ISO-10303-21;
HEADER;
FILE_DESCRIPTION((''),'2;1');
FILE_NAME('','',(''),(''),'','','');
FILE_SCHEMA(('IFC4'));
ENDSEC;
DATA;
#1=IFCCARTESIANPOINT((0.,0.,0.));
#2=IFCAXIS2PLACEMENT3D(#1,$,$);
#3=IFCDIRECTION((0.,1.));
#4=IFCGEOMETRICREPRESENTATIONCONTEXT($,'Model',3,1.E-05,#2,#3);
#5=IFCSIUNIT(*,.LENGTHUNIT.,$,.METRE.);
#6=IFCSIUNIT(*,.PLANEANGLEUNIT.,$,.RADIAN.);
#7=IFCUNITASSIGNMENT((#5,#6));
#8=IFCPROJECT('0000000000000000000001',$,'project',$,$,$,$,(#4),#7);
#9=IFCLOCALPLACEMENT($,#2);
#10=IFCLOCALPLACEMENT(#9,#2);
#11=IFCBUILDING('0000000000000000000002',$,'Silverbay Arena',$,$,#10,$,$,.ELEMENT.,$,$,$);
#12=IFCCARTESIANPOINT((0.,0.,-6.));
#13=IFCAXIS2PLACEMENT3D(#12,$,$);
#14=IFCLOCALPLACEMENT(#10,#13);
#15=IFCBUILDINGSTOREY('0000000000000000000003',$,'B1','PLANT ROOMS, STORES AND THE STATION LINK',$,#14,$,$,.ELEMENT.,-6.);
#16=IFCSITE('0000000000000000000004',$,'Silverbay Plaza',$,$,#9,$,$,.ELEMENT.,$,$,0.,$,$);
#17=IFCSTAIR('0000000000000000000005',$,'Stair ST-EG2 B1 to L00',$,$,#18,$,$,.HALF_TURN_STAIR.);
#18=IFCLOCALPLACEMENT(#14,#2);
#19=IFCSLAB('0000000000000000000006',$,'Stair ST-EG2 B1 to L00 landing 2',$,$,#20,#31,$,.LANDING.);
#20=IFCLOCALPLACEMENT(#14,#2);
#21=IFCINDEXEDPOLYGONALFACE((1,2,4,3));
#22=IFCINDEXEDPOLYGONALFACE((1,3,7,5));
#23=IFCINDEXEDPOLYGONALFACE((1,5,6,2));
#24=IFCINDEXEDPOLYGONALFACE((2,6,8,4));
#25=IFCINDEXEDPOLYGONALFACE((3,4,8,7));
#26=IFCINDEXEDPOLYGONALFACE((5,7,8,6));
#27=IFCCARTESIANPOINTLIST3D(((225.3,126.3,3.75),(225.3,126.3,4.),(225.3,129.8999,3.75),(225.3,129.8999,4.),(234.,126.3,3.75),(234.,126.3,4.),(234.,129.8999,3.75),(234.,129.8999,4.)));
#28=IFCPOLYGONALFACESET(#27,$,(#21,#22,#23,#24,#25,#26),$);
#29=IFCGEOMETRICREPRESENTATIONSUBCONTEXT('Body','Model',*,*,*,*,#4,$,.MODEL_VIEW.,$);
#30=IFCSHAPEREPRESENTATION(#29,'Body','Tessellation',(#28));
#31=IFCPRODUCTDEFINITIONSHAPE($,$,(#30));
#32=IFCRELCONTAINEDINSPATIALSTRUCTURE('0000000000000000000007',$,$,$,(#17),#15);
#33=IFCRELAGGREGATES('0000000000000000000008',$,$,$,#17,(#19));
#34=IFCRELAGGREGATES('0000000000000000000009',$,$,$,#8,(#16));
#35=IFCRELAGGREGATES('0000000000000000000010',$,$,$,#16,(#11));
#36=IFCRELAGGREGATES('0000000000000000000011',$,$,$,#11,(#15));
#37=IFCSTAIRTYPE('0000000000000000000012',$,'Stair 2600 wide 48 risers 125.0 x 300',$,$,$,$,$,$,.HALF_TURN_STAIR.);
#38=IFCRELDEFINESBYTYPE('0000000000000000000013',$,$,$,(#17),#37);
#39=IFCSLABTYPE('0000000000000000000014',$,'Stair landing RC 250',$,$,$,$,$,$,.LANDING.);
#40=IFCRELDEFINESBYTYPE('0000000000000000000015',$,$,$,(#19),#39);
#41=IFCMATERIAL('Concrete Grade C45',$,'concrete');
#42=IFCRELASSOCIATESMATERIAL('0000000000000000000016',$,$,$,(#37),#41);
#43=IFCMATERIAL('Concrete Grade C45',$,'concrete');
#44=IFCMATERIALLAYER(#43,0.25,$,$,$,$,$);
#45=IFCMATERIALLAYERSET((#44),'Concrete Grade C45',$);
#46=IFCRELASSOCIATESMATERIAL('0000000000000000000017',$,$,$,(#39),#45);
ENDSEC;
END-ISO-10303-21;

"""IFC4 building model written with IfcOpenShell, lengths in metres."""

from ifc_helpers import new_model, si_unit, direction, frame, origin, place, context, subcontext, project, spatial, polyline, outline, extrude, material, layer, layer_set, type_object, element, aggregate, save


model = new_model("IFC4")

# Units and contexts
model_context = context("Model", 3, precision=1e-05, world=origin(), true_north=direction((0.0, 1.0)))
body_context = subcontext(model_context, "Body", "Model", "MODEL_VIEW")
ifc_project = project(units=[si_unit("LENGTHUNIT", "METRE"), si_unit("PLANEANGLEUNIT", "RADIAN")], contexts=[model_context])

# Site, building, storey
site_placement = place(None, origin())
site = spatial("IfcSite", under=ifc_project, at=site_placement, Name="Silverbay Plaza", CompositionType="ELEMENT", RefElevation=0.0)
building_placement = place(site_placement, origin())
building = spatial("IfcBuilding", under=site, at=building_placement, Name="Silverbay Arena", CompositionType="ELEMENT")
storey_placement = place(building_placement, frame((0.0, 0.0, -6.0)))
storey = spatial("IfcBuildingStorey", under=building, at=storey_placement, Name="B1", Description="PLANT ROOMS, STORES AND THE STATION LINK", CompositionType="ELEMENT", Elevation=-6.0)

# Shared definitions
ifc_material_1 = material(Name="Concrete Grade C45", Category="concrete")
stair_type_1 = type_object("IfcStairType", Name="Stair 2600 wide 48 risers 125.0 x 300", PredefinedType="HALF_TURN_STAIR", material=ifc_material_1)

# Shared definitions
ifc_material_2 = material(Name="Concrete Grade C45", Category="concrete")
ifc_layer_1 = layer(ifc_material_2, 0.25)
ifc_layer_set_1 = layer_set([ifc_layer_1], Name="Concrete Grade C45")
slab_type_1 = type_object("IfcSlabType", Name="Stair landing RC 250", PredefinedType="LANDING", material=ifc_layer_set_1)

# Stair, slab
stair_1_placement = place(storey_placement, origin())
stair_1 = element("IfcStair", 1, at=stair_1_placement, inside=storey, type_object=stair_type_1, Name="Stair ST-EG2 B1 to L00", PredefinedType="HALF_TURN_STAIR")
slab_1_placement = place(storey_placement, frame((0.0, 0.0, 3.75)))
slab_1 = element("IfcSlab", 2, at=slab_1_placement, type_object=slab_type_1, Name="Stair ST-EG2 B1 to L00 landing 2", PredefinedType="LANDING", context=body_context, shape_type="SweptSolid", body=[
    extrude(outline(polyline([(225.3, 126.3), (225.3, 129.8999), (234.0, 129.8999), (234.0, 126.3), (225.3, 126.3)])), origin(), (0.0, 0.0, 1.0), 0.25),
])
aggregate(stair_1, [slab_1])

save(model, "model.ifc")
